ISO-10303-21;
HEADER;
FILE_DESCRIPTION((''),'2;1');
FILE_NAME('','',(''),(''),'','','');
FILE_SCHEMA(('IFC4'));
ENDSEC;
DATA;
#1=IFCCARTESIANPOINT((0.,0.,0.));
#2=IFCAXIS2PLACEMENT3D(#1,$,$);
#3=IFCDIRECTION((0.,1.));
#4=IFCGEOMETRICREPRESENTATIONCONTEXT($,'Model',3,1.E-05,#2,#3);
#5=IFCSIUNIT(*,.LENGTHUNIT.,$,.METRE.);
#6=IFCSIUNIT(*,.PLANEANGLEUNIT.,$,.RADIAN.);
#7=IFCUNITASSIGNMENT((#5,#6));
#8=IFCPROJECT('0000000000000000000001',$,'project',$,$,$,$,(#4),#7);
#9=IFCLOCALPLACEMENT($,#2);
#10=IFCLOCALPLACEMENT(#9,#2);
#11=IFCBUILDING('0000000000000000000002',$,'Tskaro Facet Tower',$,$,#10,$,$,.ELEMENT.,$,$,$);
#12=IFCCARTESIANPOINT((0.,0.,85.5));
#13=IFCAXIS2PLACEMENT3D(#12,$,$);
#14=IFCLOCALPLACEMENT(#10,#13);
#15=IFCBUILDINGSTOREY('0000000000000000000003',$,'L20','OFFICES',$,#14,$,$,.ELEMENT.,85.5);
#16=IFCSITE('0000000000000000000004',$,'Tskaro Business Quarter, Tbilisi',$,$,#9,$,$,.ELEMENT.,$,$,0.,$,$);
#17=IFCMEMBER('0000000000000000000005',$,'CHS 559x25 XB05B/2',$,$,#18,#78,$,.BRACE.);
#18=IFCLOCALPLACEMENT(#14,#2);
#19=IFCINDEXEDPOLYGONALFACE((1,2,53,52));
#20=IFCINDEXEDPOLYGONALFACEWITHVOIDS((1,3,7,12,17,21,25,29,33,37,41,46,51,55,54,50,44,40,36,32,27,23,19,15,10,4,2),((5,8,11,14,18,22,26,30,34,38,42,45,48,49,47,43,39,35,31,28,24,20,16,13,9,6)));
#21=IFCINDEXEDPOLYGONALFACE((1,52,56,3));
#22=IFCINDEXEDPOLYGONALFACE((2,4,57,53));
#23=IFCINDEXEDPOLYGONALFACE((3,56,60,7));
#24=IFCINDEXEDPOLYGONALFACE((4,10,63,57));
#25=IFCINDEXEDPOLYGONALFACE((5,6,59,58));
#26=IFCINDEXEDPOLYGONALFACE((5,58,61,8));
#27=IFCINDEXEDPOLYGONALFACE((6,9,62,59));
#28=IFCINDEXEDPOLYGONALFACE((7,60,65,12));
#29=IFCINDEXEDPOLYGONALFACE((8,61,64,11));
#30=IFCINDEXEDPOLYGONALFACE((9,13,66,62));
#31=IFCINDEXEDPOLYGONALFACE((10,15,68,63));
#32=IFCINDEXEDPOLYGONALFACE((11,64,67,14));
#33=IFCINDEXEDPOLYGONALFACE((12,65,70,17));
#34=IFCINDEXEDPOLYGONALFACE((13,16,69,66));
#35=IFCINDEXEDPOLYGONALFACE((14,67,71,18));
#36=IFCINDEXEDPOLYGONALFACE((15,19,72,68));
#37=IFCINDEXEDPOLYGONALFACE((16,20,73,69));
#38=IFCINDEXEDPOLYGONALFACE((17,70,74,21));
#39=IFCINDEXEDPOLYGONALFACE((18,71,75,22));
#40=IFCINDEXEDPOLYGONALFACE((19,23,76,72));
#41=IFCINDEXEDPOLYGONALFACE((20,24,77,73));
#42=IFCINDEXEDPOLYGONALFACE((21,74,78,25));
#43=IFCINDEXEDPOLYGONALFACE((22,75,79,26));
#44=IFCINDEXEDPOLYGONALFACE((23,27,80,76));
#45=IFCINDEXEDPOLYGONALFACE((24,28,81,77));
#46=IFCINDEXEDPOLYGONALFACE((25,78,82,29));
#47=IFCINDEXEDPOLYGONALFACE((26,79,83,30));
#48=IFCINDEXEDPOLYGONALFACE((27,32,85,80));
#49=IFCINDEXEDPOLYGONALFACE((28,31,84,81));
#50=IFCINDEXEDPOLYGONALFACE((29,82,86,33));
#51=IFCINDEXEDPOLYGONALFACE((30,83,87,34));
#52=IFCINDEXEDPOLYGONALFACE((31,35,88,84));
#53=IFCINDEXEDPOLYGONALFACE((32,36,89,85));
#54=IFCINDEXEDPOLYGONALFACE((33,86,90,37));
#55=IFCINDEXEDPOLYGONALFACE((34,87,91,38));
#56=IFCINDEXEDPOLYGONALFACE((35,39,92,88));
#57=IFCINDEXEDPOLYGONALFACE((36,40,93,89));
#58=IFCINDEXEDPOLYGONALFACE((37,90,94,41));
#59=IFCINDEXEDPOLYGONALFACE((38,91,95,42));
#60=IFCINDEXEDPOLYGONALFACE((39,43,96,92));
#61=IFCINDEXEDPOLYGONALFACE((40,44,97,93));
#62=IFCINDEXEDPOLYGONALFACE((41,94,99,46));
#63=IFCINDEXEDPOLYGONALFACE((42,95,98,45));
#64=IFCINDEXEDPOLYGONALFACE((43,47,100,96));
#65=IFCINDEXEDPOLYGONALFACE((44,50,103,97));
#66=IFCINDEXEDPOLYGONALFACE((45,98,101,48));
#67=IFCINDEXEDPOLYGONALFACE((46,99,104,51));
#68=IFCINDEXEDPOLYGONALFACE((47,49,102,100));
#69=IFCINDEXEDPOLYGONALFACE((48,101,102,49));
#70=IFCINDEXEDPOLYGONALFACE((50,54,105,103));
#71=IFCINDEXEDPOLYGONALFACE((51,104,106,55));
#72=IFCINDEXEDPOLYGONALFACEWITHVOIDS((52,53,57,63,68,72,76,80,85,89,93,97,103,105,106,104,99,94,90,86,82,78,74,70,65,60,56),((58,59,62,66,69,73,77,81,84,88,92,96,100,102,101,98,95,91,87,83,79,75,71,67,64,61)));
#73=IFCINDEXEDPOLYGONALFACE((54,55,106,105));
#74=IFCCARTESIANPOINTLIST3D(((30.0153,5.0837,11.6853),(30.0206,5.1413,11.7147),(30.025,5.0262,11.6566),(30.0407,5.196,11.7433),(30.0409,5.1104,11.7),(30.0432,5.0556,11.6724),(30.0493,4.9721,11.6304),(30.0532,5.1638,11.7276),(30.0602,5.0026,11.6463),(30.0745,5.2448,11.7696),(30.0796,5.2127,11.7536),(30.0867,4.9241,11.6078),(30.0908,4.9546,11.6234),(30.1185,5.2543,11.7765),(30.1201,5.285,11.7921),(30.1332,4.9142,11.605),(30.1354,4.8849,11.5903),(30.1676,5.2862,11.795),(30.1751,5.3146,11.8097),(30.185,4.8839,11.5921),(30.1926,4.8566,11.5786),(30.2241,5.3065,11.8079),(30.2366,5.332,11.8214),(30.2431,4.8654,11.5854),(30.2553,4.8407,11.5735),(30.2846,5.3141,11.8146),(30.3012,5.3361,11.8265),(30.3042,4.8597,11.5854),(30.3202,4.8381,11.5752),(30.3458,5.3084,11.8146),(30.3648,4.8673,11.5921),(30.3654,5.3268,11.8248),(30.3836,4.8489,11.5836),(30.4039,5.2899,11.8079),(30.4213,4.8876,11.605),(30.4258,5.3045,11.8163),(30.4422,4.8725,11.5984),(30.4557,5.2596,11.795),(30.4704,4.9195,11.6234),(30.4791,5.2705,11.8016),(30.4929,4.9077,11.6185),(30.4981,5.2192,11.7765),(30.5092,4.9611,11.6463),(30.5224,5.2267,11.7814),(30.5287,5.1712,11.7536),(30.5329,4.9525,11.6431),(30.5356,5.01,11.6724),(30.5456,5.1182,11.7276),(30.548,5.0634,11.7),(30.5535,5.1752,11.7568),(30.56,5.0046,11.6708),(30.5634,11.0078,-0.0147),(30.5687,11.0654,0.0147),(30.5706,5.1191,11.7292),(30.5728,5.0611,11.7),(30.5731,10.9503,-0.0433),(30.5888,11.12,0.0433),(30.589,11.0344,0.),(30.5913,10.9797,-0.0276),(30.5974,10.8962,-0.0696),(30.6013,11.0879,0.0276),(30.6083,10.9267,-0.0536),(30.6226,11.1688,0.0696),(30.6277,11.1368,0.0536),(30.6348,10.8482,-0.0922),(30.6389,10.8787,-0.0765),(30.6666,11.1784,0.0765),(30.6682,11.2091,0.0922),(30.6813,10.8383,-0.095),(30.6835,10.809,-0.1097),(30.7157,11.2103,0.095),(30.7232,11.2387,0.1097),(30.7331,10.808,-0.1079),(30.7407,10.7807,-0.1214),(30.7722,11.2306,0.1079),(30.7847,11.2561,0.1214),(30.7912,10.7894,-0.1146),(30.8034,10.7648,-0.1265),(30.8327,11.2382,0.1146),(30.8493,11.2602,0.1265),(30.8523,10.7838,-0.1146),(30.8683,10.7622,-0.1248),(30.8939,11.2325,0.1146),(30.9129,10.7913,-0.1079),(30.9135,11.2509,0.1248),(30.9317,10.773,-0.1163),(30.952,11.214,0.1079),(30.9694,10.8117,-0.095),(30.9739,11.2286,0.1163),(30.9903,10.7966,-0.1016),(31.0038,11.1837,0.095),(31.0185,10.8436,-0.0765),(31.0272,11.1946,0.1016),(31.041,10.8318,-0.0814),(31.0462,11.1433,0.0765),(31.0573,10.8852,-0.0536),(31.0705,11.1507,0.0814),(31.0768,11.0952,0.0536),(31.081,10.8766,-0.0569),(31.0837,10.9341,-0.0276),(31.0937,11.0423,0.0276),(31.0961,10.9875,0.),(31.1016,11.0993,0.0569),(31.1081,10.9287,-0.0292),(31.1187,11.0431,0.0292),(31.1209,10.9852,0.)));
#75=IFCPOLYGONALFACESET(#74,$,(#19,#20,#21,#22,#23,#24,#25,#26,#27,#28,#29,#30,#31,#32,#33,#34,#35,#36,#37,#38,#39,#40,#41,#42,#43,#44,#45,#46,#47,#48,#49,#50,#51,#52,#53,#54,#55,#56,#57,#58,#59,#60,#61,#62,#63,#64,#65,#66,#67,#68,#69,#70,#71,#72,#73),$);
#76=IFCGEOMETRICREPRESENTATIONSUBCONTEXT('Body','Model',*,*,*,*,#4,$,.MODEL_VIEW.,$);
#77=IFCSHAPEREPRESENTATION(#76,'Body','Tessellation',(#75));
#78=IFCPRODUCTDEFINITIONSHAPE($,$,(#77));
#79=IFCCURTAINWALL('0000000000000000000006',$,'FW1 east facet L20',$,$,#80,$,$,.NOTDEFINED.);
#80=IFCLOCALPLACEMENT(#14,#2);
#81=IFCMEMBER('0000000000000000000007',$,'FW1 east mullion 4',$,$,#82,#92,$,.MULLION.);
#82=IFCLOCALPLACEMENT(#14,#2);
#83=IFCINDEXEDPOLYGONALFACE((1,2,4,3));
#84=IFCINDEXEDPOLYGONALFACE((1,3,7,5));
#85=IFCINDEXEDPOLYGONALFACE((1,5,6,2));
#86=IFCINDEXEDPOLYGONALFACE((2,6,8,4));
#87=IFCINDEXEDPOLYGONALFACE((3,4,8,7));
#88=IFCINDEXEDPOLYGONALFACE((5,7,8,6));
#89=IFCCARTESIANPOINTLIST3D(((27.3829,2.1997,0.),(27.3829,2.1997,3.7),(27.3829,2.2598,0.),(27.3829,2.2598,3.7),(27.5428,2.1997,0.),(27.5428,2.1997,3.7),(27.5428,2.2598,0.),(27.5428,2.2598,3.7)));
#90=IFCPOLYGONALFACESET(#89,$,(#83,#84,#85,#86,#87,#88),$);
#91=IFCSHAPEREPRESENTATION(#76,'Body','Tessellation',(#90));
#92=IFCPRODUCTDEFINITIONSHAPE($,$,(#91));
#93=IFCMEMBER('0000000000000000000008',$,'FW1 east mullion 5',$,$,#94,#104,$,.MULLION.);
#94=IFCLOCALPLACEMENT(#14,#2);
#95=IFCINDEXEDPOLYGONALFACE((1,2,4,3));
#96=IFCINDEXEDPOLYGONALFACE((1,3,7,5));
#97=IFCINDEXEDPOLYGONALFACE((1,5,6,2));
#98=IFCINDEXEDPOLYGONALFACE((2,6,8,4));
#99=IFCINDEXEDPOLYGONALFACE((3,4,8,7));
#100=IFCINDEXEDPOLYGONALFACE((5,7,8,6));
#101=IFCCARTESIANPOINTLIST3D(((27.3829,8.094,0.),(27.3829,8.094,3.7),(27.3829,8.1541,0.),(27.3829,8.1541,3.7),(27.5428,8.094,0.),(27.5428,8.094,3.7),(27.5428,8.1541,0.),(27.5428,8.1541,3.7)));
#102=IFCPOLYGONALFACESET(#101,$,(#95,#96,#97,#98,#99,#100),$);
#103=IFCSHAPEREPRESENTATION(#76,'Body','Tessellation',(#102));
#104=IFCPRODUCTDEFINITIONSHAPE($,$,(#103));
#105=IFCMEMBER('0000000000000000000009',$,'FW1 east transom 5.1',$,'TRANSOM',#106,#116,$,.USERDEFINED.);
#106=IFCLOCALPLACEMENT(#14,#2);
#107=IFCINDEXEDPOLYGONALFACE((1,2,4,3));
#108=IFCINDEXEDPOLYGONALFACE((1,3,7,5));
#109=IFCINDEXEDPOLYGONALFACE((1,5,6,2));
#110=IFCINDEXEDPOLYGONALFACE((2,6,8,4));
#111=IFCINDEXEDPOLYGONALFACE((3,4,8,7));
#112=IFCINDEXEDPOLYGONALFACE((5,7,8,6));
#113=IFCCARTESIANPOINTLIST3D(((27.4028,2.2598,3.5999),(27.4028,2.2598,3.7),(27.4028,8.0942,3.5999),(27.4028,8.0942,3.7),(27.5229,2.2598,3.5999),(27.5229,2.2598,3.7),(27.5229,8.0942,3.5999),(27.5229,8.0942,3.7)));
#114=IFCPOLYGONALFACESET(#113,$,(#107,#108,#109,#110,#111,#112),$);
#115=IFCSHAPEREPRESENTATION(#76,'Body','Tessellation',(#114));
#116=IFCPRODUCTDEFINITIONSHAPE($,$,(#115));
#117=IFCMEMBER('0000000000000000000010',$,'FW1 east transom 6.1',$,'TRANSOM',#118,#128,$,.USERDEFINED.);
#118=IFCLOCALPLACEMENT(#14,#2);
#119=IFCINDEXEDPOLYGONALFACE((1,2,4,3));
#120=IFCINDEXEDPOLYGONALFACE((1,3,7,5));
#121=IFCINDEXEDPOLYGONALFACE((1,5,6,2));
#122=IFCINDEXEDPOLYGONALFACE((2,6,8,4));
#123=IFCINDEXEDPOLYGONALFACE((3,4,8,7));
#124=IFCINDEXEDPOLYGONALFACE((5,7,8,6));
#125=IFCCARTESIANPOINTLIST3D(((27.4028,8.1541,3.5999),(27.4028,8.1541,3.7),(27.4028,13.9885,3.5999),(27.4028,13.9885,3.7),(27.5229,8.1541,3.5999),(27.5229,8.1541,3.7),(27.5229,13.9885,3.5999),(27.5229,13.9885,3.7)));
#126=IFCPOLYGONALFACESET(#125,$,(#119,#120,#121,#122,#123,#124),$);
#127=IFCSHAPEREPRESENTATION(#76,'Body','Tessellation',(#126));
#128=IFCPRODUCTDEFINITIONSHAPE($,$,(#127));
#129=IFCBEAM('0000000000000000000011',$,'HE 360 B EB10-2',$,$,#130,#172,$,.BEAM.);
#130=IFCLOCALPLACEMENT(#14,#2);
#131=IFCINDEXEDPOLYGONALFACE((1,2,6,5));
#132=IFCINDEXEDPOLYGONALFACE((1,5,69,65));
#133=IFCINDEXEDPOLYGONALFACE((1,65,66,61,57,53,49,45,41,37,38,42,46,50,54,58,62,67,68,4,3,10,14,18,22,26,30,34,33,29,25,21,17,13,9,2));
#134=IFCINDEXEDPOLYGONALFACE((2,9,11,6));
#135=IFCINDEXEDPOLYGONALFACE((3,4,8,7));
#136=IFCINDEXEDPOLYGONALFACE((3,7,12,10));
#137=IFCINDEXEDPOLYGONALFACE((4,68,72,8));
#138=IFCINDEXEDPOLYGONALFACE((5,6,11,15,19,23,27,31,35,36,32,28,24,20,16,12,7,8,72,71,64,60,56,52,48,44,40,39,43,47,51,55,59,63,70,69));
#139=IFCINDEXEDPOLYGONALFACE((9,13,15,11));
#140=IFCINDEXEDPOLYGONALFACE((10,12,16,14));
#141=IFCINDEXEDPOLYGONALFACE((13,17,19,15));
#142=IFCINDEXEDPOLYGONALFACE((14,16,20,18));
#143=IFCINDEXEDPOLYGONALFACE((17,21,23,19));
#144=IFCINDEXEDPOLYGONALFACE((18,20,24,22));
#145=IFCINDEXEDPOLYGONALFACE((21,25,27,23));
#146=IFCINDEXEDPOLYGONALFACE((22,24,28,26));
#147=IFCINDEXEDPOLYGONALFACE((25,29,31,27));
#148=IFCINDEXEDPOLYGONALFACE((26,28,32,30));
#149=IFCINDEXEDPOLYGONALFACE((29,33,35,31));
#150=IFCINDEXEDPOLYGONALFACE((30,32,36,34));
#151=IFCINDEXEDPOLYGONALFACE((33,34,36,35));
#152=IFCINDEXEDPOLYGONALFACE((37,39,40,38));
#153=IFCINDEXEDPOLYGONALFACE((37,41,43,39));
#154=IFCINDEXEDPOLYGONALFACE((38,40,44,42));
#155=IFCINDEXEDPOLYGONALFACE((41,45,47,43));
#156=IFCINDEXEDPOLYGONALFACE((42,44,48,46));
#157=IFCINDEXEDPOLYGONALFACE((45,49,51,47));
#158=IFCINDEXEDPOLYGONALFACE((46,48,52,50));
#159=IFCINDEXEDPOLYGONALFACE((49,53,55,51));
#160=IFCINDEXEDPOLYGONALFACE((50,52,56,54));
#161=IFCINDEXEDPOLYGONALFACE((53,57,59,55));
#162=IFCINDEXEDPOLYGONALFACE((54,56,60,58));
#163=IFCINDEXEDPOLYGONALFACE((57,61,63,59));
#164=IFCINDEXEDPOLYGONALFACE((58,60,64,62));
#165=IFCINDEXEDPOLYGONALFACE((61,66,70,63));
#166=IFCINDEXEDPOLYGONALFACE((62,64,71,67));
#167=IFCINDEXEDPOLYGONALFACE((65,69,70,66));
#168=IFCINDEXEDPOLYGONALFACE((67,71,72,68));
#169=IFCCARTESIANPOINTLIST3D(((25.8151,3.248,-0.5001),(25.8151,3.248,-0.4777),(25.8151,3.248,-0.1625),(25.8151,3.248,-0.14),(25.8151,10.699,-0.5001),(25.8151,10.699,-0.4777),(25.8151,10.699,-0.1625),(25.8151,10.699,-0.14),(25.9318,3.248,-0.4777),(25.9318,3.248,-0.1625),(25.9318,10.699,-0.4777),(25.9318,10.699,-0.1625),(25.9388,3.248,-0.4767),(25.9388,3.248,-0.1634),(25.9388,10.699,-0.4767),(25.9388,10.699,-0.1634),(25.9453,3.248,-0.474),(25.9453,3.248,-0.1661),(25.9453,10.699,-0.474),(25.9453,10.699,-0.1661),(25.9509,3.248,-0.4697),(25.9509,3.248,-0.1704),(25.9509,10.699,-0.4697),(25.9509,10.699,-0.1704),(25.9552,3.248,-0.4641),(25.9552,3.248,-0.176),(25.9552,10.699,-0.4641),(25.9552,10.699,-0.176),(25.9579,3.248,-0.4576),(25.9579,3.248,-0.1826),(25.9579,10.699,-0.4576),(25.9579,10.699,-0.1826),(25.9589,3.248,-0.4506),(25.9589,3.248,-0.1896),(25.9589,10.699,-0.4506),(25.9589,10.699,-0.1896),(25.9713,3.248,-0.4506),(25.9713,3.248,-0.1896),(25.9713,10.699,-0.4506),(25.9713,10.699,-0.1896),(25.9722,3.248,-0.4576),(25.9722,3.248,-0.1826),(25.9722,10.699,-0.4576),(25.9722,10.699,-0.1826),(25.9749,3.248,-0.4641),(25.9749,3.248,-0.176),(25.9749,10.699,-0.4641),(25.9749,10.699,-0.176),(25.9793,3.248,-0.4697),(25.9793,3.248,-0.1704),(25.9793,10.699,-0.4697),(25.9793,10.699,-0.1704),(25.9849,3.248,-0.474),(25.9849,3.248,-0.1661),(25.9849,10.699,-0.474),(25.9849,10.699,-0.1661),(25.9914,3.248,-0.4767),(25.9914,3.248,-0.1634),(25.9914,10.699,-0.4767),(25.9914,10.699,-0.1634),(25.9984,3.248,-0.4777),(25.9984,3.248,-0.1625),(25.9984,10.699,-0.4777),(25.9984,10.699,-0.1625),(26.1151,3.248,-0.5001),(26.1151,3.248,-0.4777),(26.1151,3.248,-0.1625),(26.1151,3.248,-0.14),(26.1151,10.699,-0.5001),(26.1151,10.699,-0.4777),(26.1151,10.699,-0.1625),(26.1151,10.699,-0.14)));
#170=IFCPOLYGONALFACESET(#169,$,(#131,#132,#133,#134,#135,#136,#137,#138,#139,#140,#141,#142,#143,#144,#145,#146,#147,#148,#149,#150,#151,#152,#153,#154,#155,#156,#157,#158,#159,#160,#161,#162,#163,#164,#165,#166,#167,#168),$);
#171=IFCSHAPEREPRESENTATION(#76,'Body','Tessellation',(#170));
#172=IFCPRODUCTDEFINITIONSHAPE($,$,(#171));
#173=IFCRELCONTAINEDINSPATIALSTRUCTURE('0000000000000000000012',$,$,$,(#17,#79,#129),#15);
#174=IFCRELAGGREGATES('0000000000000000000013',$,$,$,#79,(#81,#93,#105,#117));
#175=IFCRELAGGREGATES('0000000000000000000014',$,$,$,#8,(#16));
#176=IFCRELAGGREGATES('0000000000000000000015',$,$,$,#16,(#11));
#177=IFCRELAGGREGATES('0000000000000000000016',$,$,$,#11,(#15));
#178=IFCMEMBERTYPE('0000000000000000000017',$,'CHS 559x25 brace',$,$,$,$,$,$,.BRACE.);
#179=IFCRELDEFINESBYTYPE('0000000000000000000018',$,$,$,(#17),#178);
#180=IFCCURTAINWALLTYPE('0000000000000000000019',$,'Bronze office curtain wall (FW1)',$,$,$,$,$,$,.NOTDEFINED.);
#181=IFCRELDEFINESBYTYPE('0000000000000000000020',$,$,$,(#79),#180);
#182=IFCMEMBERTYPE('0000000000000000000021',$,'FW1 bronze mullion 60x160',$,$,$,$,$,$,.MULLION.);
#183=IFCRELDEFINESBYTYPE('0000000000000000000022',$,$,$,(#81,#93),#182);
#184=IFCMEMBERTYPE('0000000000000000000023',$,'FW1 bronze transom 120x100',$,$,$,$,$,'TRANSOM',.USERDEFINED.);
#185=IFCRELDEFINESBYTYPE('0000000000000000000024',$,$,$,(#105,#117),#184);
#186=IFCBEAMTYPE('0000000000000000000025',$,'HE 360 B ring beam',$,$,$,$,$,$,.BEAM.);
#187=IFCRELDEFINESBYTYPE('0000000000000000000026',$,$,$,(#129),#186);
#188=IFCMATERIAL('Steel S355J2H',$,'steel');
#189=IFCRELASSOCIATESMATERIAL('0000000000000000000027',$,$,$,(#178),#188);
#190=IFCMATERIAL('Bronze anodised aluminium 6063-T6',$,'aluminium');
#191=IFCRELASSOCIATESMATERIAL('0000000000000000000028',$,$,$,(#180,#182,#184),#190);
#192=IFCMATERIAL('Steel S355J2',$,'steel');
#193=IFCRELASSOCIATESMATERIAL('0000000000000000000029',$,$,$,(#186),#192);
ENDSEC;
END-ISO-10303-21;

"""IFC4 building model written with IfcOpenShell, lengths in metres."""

from ifc_helpers import new_model, si_unit, direction, frame, origin, origin_2d, place, context, subcontext, project, spatial, rectangle, hollow_circle, i_section, extrude, material, material_profile, profile_set, type_object, element, aggregate, save


model = new_model("IFC4")

# Units and contexts
model_context = context("Model", 3, precision=1e-05, world=origin(), true_north=direction((0.0, 1.0)))
body_context = subcontext(model_context, "Body", "Model", "MODEL_VIEW")
ifc_project = project(units=[si_unit("LENGTHUNIT", "METRE"), si_unit("PLANEANGLEUNIT", "RADIAN")], contexts=[model_context])

# Site, building, storey
site_placement = place(None, origin())
site = spatial("IfcSite", under=ifc_project, at=site_placement, Name="Tskaro Business Quarter, Tbilisi", CompositionType="ELEMENT", RefElevation=0.0)
building_placement = place(site_placement, origin())
building = spatial("IfcBuilding", under=site, at=building_placement, Name="Tskaro Facet Tower", CompositionType="ELEMENT")
storey_placement = place(building_placement, frame((0.0, 0.0, 85.5)))
storey = spatial("IfcBuildingStorey", under=building, at=storey_placement, Name="L20", Description="OFFICES", CompositionType="ELEMENT", Elevation=85.5)

# Shared definitions
ifc_material_1 = material(Name="Steel S355J2H", Category="steel")

# Member
ifc_material_profile_1 = material_profile(ifc_material_1, hollow_circle(Radius=0.2795, WallThickness=0.0249, at=origin_2d()), Name="CHS 559x25")
ifc_profile_set_1 = profile_set([ifc_material_profile_1], Name="Steel S355J2H")
member_type_1 = type_object("IfcMemberType", Name="CHS 559x25 brace", PredefinedType="BRACE", material=ifc_profile_set_1)
member_1_placement = place(storey_placement, frame((30.8425, 11.011, 0.0), z_axis=(-0.041757, -0.451334, 0.891378), x_axis=(0.995747, -0.092127, 0.0)))
element("IfcMember", 1, at=member_1_placement, inside=storey, type_object=member_type_1, Name="CHS 559x25 XB05B/2", PredefinedType="BRACE", context=body_context, shape_type="SweptSolid", body=[
    extrude(hollow_circle(Radius=0.2795, WallThickness=0.0249, at=origin_2d()), origin(), (0.0, 0.0, 1.0), 13.1257),
])

# Curtain wall, members
ifc_material_2 = material(Name="Bronze anodised aluminium 6063-T6", Category="aluminium")
curtain_wall_type = type_object("IfcCurtainWallType", Name="Bronze office curtain wall (FW1)", PredefinedType="NOTDEFINED", material=ifc_material_2)
curtain_wall_placement = place(storey_placement, origin())
curtain_wall = element("IfcCurtainWall", 2, at=curtain_wall_placement, inside=storey, type_object=curtain_wall_type, Name="FW1 east facet L20", PredefinedType="NOTDEFINED")
ifc_material_profile_2 = material_profile(ifc_material_2, rectangle(XDim=0.0601, YDim=0.1599, at=origin_2d()), Name="Mullion 60x160")
ifc_profile_set_2 = profile_set([ifc_material_profile_2], Name="Bronze anodised aluminium 6063-T6")
member_type_2 = type_object("IfcMemberType", Name="FW1 bronze mullion 60x160", PredefinedType="MULLION", material=ifc_profile_set_2)
member_2_placement = place(storey_placement, frame((27.4629, 2.2297, 0.0), z_axis=(0.0, 0.0, 1.0), x_axis=(0.0, 1.0, 0.0)))
member_2 = element("IfcMember", 3, at=member_2_placement, type_object=member_type_2, Name="FW1 east mullion 4", PredefinedType="MULLION", context=body_context, shape_type="SweptSolid", body=[
    extrude(rectangle(XDim=0.0601, YDim=0.1599, at=origin_2d()), origin(), (0.0, 0.0, 1.0), 3.7),
])
member_3_placement = place(storey_placement, frame((27.4629, 8.124, 0.0), z_axis=(0.0, 0.0, 1.0), x_axis=(0.0, 1.0, 0.0)))
member_3 = element("IfcMember", 4, at=member_3_placement, type_object=member_type_2, Name="FW1 east mullion 5", PredefinedType="MULLION", context=body_context, shape_type="SweptSolid", body=[
    extrude(rectangle(XDim=0.0601, YDim=0.1599, at=origin_2d()), origin(), (0.0, 0.0, 1.0), 3.7),
])
ifc_material_profile_3 = material_profile(ifc_material_2, rectangle(XDim=0.1201, YDim=0.1001, at=origin_2d()), Name="Transom 120x100")
ifc_profile_set_3 = profile_set([ifc_material_profile_3], Name="Bronze anodised aluminium 6063-T6")
member_type_3 = type_object("IfcMemberType", Name="FW1 bronze transom 120x100", ElementType="TRANSOM", PredefinedType="USERDEFINED", material=ifc_profile_set_3)
member_4_placement = place(storey_placement, frame((27.4629, 2.2598, 3.6499), z_axis=(0.0, 1.0, 0.0), x_axis=(-1.0, 0.0, 0.0)))
member_4 = element("IfcMember", 5, at=member_4_placement, type_object=member_type_3, Name="FW1 east transom 5.1", ObjectType="TRANSOM", PredefinedType="USERDEFINED", context=body_context, shape_type="SweptSolid", body=[
    extrude(rectangle(XDim=0.1201, YDim=0.1001, at=origin_2d()), origin(), (0.0, 0.0, 1.0), 5.8345),
])
member_5_placement = place(storey_placement, frame((27.4629, 8.1541, 3.6499), z_axis=(0.0, 1.0, 0.0), x_axis=(-1.0, 0.0, 0.0)))
member_5 = element("IfcMember", 6, at=member_5_placement, type_object=member_type_3, Name="FW1 east transom 6.1", ObjectType="TRANSOM", PredefinedType="USERDEFINED", context=body_context, shape_type="SweptSolid", body=[
    extrude(rectangle(XDim=0.1201, YDim=0.1001, at=origin_2d()), origin(), (0.0, 0.0, 1.0), 5.8345),
])

# Beam
ifc_material_3 = material(Name="Steel S355J2", Category="steel")
ifc_material_profile_4 = material_profile(ifc_material_3, i_section(OverallWidth=0.3, OverallDepth=0.3601, WebThickness=0.0125, FlangeThickness=0.0225, FilletRadius=0.0271, at=origin_2d()), Name="HE 360 B")
ifc_profile_set_4 = profile_set([ifc_material_profile_4], Name="Steel S355J2")
beam_type_1 = type_object("IfcBeamType", Name="HE 360 B ring beam", PredefinedType="BEAM", material=ifc_profile_set_4)
for number, where, z_axis, x_axis, name in (
    (7, (25.9651, 3.248, -0.3201), (0.0, 1.0, 0.0), (-1.0, 0.0, 0.0), "HE 360 B EB10-2"),
):
    element("IfcBeam", number, at=place(storey_placement, frame(where, z_axis=z_axis, x_axis=x_axis)), inside=storey, type_object=beam_type_1, Name=name, PredefinedType="BEAM", context=body_context, shape_type="SweptSolid", body=[
        extrude(i_section(OverallWidth=0.3, OverallDepth=0.3601, WebThickness=0.0125, FlangeThickness=0.0225, FilletRadius=0.0271, at=origin_2d()), origin(), (0.0, 0.0, 1.0), 7.4509),
    ])

aggregate(curtain_wall, [member_2, member_3, member_4, member_5])

save(model, "model.ifc")
